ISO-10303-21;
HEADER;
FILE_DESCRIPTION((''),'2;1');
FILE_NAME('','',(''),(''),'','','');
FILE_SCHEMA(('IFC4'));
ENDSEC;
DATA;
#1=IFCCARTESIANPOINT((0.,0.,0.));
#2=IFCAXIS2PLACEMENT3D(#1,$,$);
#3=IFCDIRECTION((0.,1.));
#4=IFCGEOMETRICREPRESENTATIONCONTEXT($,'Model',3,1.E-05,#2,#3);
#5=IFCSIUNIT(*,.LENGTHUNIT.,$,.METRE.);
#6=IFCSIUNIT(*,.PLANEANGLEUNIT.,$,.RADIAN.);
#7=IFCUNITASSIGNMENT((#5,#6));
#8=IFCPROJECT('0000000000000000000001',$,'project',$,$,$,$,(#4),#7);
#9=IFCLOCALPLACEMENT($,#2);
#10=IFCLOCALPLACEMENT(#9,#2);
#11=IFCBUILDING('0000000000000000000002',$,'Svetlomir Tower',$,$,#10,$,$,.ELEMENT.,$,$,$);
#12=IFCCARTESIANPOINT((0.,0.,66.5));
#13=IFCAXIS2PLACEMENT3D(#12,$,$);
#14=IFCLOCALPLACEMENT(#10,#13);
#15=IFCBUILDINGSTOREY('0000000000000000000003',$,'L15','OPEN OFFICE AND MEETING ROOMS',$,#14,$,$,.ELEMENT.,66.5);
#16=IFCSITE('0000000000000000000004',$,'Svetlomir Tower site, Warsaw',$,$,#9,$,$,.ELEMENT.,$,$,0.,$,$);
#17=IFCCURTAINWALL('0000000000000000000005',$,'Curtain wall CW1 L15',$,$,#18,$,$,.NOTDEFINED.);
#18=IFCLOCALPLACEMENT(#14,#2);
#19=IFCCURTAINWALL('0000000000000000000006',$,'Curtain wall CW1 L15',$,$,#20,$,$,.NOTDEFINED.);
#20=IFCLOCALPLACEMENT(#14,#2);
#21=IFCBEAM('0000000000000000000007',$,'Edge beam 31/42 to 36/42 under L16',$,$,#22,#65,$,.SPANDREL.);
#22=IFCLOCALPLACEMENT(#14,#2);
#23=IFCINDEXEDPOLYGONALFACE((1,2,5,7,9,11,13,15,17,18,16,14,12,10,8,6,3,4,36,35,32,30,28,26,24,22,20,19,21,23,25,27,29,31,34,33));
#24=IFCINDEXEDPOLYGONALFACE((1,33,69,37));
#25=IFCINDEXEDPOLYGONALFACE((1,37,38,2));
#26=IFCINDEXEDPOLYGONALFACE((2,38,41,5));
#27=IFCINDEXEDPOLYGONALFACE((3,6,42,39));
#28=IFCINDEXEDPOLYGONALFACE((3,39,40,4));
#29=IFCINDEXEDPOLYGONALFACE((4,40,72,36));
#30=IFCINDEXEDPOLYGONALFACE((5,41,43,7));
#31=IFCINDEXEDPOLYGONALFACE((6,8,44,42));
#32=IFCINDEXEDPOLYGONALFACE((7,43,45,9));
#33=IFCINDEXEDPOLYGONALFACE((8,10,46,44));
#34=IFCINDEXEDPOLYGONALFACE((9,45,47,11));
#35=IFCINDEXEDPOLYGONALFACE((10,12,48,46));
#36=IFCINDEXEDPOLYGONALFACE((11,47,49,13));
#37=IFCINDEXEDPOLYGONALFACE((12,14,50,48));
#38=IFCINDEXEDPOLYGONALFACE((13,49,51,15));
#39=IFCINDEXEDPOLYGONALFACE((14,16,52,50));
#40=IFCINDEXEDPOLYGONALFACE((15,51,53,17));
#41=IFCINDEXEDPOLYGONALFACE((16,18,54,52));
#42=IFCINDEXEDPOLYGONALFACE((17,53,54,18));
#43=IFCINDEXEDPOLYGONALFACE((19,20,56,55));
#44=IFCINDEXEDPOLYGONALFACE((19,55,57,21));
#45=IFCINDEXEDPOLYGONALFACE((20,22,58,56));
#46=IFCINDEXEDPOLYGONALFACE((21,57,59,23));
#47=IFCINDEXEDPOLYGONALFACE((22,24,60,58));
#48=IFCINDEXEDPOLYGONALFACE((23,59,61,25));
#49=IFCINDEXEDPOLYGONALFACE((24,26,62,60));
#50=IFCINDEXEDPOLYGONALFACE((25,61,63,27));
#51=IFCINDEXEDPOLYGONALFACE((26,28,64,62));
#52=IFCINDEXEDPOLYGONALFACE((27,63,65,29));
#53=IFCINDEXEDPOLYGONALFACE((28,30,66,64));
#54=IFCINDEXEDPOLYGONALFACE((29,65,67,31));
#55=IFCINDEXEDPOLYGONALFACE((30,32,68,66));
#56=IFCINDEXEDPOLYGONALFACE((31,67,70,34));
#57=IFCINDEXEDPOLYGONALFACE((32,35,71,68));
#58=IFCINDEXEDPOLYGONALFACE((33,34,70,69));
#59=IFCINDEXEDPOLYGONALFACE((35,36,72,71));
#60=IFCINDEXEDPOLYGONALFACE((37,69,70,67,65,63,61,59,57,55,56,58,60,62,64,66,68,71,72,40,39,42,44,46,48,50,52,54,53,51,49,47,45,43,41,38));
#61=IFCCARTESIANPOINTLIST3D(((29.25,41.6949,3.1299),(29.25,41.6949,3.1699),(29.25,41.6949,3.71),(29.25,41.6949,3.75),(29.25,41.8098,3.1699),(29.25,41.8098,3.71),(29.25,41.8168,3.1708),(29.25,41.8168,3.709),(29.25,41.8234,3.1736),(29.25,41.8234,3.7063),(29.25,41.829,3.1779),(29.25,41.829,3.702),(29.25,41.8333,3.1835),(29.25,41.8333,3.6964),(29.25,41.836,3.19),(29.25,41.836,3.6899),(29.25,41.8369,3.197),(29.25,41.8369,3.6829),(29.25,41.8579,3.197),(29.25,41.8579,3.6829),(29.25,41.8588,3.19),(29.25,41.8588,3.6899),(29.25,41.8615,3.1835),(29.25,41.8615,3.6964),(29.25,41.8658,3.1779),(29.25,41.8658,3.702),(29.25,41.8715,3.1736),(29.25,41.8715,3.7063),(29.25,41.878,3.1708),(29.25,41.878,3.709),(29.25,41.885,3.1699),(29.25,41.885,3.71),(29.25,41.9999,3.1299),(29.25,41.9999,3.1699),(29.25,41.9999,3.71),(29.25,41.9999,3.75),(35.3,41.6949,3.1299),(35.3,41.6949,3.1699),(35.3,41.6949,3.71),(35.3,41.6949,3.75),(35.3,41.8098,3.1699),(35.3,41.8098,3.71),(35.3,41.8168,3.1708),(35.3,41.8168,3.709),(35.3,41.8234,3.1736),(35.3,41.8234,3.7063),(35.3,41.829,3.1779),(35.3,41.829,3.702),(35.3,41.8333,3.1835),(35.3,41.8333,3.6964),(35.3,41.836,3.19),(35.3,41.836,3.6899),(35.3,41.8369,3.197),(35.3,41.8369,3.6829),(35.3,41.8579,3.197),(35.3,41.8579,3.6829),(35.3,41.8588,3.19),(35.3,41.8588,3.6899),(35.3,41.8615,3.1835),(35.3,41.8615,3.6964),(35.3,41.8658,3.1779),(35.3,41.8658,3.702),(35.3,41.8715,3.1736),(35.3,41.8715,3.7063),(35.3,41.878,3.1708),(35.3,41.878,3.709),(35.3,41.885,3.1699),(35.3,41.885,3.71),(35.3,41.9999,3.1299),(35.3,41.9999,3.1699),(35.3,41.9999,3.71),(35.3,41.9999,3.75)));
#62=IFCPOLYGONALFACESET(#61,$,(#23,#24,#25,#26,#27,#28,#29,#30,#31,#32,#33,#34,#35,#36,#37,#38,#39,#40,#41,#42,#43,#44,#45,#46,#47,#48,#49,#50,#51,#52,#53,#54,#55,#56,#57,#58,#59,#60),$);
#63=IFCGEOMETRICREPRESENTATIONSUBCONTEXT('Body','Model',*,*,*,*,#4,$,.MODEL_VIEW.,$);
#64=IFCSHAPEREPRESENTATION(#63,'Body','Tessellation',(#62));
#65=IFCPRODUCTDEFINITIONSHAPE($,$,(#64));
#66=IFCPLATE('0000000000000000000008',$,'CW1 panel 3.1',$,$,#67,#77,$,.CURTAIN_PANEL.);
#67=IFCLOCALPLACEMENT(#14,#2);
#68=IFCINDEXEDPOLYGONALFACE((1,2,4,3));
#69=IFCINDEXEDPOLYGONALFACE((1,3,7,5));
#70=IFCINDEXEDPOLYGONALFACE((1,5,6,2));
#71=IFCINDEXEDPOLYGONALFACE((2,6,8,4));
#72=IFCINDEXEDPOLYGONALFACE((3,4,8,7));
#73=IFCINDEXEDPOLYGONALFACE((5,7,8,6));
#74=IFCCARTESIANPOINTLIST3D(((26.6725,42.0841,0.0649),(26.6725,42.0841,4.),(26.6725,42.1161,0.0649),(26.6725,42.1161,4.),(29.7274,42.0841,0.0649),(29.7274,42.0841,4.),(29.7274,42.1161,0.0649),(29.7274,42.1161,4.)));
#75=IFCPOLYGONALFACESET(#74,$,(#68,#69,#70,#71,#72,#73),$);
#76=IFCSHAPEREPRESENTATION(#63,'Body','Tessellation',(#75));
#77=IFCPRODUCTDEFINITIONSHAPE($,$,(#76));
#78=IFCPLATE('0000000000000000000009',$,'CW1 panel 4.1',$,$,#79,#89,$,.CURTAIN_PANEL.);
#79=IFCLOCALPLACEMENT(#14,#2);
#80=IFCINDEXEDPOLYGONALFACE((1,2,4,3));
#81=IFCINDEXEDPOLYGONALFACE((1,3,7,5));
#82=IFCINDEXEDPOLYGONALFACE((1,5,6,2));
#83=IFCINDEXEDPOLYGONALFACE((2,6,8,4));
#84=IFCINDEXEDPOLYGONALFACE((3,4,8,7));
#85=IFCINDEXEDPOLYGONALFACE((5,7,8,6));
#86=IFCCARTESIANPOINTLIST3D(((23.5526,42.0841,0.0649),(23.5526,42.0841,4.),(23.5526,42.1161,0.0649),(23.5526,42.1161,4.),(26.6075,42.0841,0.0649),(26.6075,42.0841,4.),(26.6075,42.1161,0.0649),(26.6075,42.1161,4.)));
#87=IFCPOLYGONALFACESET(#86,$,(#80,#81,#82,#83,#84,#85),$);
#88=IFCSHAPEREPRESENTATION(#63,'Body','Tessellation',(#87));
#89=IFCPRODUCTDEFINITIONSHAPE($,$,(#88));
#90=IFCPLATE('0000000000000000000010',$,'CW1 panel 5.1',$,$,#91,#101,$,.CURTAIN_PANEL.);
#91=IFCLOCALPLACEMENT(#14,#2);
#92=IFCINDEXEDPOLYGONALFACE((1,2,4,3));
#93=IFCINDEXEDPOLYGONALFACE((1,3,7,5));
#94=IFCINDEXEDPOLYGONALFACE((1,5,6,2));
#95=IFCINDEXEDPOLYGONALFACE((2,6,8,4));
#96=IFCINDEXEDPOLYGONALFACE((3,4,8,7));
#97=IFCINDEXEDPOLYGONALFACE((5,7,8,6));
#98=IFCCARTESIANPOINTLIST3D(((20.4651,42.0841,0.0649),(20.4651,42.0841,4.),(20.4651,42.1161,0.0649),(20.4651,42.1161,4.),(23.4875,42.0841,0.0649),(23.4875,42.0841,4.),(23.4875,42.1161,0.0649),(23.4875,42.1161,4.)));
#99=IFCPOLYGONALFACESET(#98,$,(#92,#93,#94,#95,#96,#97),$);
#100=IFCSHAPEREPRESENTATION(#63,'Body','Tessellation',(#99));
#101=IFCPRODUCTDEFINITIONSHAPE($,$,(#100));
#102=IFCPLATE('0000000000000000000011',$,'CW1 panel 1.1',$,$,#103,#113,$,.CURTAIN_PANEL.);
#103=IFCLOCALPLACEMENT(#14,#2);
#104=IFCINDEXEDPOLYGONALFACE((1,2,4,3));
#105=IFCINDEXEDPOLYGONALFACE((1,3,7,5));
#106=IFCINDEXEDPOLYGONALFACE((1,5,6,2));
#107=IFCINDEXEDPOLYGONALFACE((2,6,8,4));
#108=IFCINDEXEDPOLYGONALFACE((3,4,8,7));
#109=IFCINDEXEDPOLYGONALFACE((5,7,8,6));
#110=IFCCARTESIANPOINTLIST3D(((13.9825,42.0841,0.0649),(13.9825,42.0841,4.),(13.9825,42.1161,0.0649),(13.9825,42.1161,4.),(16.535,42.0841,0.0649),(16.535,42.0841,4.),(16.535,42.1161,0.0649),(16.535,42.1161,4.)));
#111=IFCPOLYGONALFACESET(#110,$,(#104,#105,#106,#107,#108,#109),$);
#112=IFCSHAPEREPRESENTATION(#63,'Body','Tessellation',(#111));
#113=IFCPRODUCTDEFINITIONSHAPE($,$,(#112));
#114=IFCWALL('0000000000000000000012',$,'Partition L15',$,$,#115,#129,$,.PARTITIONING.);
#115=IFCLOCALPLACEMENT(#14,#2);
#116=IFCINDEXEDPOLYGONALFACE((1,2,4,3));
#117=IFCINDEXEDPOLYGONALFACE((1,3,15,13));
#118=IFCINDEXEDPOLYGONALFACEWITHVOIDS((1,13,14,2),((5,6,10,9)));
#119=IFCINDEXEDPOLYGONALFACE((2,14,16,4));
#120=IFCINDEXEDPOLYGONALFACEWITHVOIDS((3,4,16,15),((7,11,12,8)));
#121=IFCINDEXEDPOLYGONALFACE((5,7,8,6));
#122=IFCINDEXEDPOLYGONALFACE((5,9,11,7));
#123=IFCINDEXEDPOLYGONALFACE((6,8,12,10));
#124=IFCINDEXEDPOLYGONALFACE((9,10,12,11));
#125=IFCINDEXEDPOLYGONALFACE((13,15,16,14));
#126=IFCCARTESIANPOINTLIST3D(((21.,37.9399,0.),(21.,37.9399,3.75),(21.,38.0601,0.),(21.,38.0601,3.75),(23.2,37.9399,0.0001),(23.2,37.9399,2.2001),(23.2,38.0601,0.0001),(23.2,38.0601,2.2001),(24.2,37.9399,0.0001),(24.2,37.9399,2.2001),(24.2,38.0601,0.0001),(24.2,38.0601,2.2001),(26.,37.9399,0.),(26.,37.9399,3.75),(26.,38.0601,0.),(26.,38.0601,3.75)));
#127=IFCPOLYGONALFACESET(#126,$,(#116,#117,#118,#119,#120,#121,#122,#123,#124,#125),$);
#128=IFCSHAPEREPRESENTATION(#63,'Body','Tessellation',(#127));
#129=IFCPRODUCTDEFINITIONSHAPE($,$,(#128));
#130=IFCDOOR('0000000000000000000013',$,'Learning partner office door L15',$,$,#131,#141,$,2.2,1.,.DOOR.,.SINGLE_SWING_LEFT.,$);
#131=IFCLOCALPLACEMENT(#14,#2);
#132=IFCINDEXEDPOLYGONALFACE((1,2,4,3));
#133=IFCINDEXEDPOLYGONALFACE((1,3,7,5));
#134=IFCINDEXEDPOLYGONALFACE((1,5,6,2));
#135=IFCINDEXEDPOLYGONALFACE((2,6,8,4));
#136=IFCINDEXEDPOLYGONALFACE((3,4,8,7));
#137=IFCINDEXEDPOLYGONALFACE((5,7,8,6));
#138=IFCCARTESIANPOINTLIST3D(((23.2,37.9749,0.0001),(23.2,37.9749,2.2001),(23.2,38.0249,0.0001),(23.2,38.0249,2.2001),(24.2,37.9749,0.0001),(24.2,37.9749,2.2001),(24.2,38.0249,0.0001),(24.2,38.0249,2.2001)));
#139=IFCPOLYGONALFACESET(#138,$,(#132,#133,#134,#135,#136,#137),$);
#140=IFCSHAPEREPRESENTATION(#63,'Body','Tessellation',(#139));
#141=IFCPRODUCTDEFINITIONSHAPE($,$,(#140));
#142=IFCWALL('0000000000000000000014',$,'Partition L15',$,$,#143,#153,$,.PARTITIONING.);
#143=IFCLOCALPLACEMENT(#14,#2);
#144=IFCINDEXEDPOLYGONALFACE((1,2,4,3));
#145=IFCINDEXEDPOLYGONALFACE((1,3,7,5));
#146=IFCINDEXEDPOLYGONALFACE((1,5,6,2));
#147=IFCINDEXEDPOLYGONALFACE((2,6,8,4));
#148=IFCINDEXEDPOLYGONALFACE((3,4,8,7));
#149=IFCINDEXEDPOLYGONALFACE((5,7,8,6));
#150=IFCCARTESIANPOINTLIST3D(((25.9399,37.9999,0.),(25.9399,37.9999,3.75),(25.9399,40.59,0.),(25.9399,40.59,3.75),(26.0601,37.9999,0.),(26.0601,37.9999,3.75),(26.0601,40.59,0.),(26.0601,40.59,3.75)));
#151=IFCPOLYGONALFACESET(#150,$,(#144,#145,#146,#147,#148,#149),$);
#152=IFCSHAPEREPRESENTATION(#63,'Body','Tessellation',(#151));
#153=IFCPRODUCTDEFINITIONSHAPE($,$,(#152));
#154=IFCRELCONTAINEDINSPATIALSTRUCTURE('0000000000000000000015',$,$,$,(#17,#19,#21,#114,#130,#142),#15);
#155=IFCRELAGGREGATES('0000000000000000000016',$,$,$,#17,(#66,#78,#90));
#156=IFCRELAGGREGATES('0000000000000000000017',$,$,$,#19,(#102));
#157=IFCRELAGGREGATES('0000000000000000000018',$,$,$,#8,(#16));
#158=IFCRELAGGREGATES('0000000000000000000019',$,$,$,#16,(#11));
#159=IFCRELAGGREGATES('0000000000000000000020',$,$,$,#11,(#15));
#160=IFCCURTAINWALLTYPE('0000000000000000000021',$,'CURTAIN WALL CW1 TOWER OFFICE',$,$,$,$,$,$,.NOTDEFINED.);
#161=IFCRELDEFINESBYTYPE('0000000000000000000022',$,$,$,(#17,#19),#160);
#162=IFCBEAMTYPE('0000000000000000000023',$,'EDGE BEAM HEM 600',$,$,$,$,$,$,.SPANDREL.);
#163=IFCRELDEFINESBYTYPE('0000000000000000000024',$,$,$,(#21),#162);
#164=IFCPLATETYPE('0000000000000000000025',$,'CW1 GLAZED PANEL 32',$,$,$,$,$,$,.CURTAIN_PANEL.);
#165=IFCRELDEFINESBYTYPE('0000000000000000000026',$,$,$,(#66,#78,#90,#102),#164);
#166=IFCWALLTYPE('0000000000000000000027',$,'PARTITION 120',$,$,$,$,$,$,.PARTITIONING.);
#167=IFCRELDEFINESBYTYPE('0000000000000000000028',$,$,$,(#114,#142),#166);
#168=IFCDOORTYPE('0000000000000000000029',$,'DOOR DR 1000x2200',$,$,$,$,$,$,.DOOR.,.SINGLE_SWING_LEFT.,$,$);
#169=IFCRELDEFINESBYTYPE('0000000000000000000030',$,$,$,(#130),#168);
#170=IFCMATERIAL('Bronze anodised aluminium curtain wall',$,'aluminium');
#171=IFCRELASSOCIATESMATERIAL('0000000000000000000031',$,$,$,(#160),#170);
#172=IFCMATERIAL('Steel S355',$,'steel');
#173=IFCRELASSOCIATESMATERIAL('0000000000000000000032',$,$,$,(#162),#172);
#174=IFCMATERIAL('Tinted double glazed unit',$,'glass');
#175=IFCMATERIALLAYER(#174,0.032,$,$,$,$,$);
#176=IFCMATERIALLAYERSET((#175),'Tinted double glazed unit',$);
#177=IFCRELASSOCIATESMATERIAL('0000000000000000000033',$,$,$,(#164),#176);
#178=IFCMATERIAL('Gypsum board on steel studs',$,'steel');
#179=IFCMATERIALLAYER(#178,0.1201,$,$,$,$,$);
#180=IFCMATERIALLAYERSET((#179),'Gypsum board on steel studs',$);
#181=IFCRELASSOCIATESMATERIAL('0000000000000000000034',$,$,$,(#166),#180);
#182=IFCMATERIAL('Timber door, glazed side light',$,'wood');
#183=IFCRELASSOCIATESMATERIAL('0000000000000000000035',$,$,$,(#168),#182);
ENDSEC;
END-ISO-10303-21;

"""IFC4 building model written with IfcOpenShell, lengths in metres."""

from ifc_helpers import new_model, si_unit, direction, frame, frame_2d, origin, origin_2d, place, context, subcontext, project, spatial, rectangle, i_section, extrude, material, layer, layer_set, material_profile, profile_set, type_object, element, fill, aggregate, save


model = new_model("IFC4")

# Units and contexts
model_context = context("Model", 3, precision=1e-05, world=origin(), true_north=direction((0.0, 1.0)))
body_context = subcontext(model_context, "Body", "Model", "MODEL_VIEW")
ifc_project = project(units=[si_unit("LENGTHUNIT", "METRE"), si_unit("PLANEANGLEUNIT", "RADIAN")], contexts=[model_context])

# Site, building, storey
site_placement = place(None, origin())
site = spatial("IfcSite", under=ifc_project, at=site_placement, Name="Svetlomir Tower site, Warsaw", CompositionType="ELEMENT", RefElevation=0.0)
building_placement = place(site_placement, origin())
building = spatial("IfcBuilding", under=site, at=building_placement, Name="Svetlomir Tower", CompositionType="ELEMENT")
storey_placement = place(building_placement, frame((0.0, 0.0, 66.5)))
storey = spatial("IfcBuildingStorey", under=building, at=storey_placement, Name="L15", Description="OPEN OFFICE AND MEETING ROOMS", CompositionType="ELEMENT", Elevation=66.5)

# Curtain walls
ifc_material_1 = material(Name="Bronze anodised aluminium curtain wall", Category="aluminium")
curtain_wall_type = type_object("IfcCurtainWallType", Name="CURTAIN WALL CW1 TOWER OFFICE", PredefinedType="NOTDEFINED", material=ifc_material_1)
curtain_wall_1_placement = place(storey_placement, origin())
curtain_wall_1 = element("IfcCurtainWall", 1, at=curtain_wall_1_placement, inside=storey, type_object=curtain_wall_type, Name="Curtain wall CW1 L15", PredefinedType="NOTDEFINED")
curtain_wall_2_placement = place(storey_placement, origin())
curtain_wall_2 = element("IfcCurtainWall", 2, at=curtain_wall_2_placement, inside=storey, type_object=curtain_wall_type, Name="Curtain wall CW1 L15", PredefinedType="NOTDEFINED")

# Beam
ifc_material_2 = material(Name="Steel S355", Category="steel")
ifc_material_profile_1 = material_profile(ifc_material_2, i_section(OverallWidth=0.3049, OverallDepth=0.6201, WebThickness=0.021, FlangeThickness=0.04, FilletRadius=0.0271, at=origin_2d()), Name="HEM 600")
ifc_profile_set_1 = profile_set([ifc_material_profile_1], Name="Steel S355")
beam_type_1 = type_object("IfcBeamType", Name="EDGE BEAM HEM 600", PredefinedType="SPANDREL", material=ifc_profile_set_1)
beam_1_placement = place(storey_placement, frame((29.25, 41.8474, 3.4399), z_axis=(1.0, 0.0, 0.0), x_axis=(0.0, 1.0, 0.0)))
element("IfcBeam", 3, at=beam_1_placement, inside=storey, type_object=beam_type_1, Name="Edge beam 31/42 to 36/42 under L16", PredefinedType="SPANDREL", context=body_context, shape_type="SweptSolid", body=[
    extrude(i_section(OverallWidth=0.3049, OverallDepth=0.6201, WebThickness=0.021, FlangeThickness=0.04, FilletRadius=0.0271, at=origin_2d()), origin(), (0.0, 0.0, 1.0), 6.05),
])

# Plates
ifc_material_3 = material(Name="Tinted double glazed unit", Category="glass")
ifc_layer_1 = layer(ifc_material_3, 0.032)
ifc_layer_set_1 = layer_set([ifc_layer_1], Name="Tinted double glazed unit")
plate_type = type_object("IfcPlateType", Name="CW1 GLAZED PANEL 32", PredefinedType="CURTAIN_PANEL", material=ifc_layer_set_1)
plate_1_placement = place(storey_placement, frame((28.2, 42.1001, 0.0649), z_axis=(0.0, 0.0, 1.0), x_axis=(-1.0, 0.0, 0.0)))
plate_1 = element("IfcPlate", 4, at=plate_1_placement, type_object=plate_type, Name="CW1 panel 3.1", PredefinedType="CURTAIN_PANEL", context=body_context, shape_type="SweptSolid", body=[
    extrude(rectangle(XDim=3.0549, YDim=0.032, at=origin_2d()), origin(), (0.0, 0.0, 1.0), 3.9351),
])
plate_2_placement = place(storey_placement, frame((25.0801, 42.1001, 0.0649), z_axis=(0.0, 0.0, 1.0), x_axis=(-1.0, 0.0, 0.0)))
plate_2 = element("IfcPlate", 5, at=plate_2_placement, type_object=plate_type, Name="CW1 panel 4.1", PredefinedType="CURTAIN_PANEL", context=body_context, shape_type="SweptSolid", body=[
    extrude(rectangle(XDim=3.0549, YDim=0.032, at=origin_2d()), origin(), (0.0, 0.0, 1.0), 3.9351),
])
plate_3_placement = place(storey_placement, frame((21.9763, 42.1001, 0.0649), z_axis=(0.0, 0.0, 1.0), x_axis=(-1.0, 0.0, 0.0)))
plate_3 = element("IfcPlate", 6, at=plate_3_placement, type_object=plate_type, Name="CW1 panel 5.1", PredefinedType="CURTAIN_PANEL", context=body_context, shape_type="SweptSolid", body=[
    extrude(rectangle(XDim=3.0225, YDim=0.032, at=origin_2d()), origin(), (0.0, 0.0, 1.0), 3.9351),
])
aggregate(curtain_wall_1, [plate_1, plate_2, plate_3])
plate_4_placement = place(storey_placement, frame((15.2588, 42.1001, 0.0649), z_axis=(0.0, 0.0, 1.0), x_axis=(-1.0, 0.0, 0.0)))
plate_4 = element("IfcPlate", 7, at=plate_4_placement, type_object=plate_type, Name="CW1 panel 1.1", PredefinedType="CURTAIN_PANEL", context=body_context, shape_type="SweptSolid", body=[
    extrude(rectangle(XDim=2.5525, YDim=0.032, at=origin_2d()), origin(), (0.0, 0.0, 1.0), 3.9351),
])
aggregate(curtain_wall_2, [plate_4])

# Wall, opening, door
ifc_material_4 = material(Name="Gypsum board on steel studs", Category="steel")
ifc_layer_2 = layer(ifc_material_4, 0.1201)
ifc_layer_set_2 = layer_set([ifc_layer_2], Name="Gypsum board on steel studs")
wall_type_1 = type_object("IfcWallType", Name="PARTITION 120", PredefinedType="PARTITIONING", material=ifc_layer_set_2)
wall_1_placement = place(storey_placement, frame((21.0, 38.0, 0.0), z_axis=(0.0, 0.0, 1.0), x_axis=(1.0, 0.0, 0.0)))
wall_1 = element("IfcWall", 8, at=wall_1_placement, inside=storey, type_object=wall_type_1, Name="Partition L15", PredefinedType="PARTITIONING", context=body_context, shape_type="SweptSolid", body=[
    extrude(rectangle(XDim=5.0, YDim=0.1201, at=frame_2d((2.5, 0.0))), origin(), (0.0, 0.0, 1.0), 3.75),
])
opening_1_placement = place(wall_1_placement, frame((2.2, 0.0, 0.0)))
opening_1 = element("IfcOpeningElement", 9, at=opening_1_placement, cuts=wall_1, PredefinedType="OPENING", context=body_context, shape_type="SweptSolid", body=[
    extrude(rectangle(XDim=1.0, YDim=2.2, at=frame_2d((0.5, 1.1001))), frame((0.0, 0.0701, 0.0), z_axis=(0.0, -1.0, 0.0), x_axis=(1.0, 0.0, 0.0)), (0.0, 0.0, 1.0), 0.1401),
])
ifc_material_5 = material(Name="Timber door, glazed side light", Category="wood")
door_type_1 = type_object("IfcDoorType", Name="DOOR DR 1000x2200", OperationType="SINGLE_SWING_LEFT", PredefinedType="DOOR", material=ifc_material_5)
door_1_placement = place(opening_1_placement, origin())
door_1 = element("IfcDoor", 10, at=door_1_placement, inside=storey, type_object=door_type_1, Name="Learning partner office door L15", OperationType="SINGLE_SWING_LEFT", OverallHeight=2.2, OverallWidth=1.0, PredefinedType="DOOR", context=body_context, shape_type="SweptSolid", body=[
    extrude(rectangle(XDim=1.0, YDim=2.2, at=frame_2d((0.5, 1.1001))), frame((0.0, 0.0249, 0.0), z_axis=(0.0, -1.0, 0.0), x_axis=(1.0, 0.0, 0.0)), (0.0, 0.0, 1.0), 0.05),
])
fill(opening_1, door_1)

# Wall
wall_2_placement = place(storey_placement, frame((26.0, 38.0, 0.0), z_axis=(0.0, 0.0, 1.0), x_axis=(0.0, 1.0, 0.0)))
element("IfcWall", 11, at=wall_2_placement, inside=storey, type_object=wall_type_1, Name="Partition L15", PredefinedType="PARTITIONING", context=body_context, shape_type="SweptSolid", body=[
    extrude(rectangle(XDim=2.5901, YDim=0.1201, at=frame_2d((1.2949, 0.0))), origin(), (0.0, 0.0, 1.0), 3.75),
])

save(model, "model.ifc")
